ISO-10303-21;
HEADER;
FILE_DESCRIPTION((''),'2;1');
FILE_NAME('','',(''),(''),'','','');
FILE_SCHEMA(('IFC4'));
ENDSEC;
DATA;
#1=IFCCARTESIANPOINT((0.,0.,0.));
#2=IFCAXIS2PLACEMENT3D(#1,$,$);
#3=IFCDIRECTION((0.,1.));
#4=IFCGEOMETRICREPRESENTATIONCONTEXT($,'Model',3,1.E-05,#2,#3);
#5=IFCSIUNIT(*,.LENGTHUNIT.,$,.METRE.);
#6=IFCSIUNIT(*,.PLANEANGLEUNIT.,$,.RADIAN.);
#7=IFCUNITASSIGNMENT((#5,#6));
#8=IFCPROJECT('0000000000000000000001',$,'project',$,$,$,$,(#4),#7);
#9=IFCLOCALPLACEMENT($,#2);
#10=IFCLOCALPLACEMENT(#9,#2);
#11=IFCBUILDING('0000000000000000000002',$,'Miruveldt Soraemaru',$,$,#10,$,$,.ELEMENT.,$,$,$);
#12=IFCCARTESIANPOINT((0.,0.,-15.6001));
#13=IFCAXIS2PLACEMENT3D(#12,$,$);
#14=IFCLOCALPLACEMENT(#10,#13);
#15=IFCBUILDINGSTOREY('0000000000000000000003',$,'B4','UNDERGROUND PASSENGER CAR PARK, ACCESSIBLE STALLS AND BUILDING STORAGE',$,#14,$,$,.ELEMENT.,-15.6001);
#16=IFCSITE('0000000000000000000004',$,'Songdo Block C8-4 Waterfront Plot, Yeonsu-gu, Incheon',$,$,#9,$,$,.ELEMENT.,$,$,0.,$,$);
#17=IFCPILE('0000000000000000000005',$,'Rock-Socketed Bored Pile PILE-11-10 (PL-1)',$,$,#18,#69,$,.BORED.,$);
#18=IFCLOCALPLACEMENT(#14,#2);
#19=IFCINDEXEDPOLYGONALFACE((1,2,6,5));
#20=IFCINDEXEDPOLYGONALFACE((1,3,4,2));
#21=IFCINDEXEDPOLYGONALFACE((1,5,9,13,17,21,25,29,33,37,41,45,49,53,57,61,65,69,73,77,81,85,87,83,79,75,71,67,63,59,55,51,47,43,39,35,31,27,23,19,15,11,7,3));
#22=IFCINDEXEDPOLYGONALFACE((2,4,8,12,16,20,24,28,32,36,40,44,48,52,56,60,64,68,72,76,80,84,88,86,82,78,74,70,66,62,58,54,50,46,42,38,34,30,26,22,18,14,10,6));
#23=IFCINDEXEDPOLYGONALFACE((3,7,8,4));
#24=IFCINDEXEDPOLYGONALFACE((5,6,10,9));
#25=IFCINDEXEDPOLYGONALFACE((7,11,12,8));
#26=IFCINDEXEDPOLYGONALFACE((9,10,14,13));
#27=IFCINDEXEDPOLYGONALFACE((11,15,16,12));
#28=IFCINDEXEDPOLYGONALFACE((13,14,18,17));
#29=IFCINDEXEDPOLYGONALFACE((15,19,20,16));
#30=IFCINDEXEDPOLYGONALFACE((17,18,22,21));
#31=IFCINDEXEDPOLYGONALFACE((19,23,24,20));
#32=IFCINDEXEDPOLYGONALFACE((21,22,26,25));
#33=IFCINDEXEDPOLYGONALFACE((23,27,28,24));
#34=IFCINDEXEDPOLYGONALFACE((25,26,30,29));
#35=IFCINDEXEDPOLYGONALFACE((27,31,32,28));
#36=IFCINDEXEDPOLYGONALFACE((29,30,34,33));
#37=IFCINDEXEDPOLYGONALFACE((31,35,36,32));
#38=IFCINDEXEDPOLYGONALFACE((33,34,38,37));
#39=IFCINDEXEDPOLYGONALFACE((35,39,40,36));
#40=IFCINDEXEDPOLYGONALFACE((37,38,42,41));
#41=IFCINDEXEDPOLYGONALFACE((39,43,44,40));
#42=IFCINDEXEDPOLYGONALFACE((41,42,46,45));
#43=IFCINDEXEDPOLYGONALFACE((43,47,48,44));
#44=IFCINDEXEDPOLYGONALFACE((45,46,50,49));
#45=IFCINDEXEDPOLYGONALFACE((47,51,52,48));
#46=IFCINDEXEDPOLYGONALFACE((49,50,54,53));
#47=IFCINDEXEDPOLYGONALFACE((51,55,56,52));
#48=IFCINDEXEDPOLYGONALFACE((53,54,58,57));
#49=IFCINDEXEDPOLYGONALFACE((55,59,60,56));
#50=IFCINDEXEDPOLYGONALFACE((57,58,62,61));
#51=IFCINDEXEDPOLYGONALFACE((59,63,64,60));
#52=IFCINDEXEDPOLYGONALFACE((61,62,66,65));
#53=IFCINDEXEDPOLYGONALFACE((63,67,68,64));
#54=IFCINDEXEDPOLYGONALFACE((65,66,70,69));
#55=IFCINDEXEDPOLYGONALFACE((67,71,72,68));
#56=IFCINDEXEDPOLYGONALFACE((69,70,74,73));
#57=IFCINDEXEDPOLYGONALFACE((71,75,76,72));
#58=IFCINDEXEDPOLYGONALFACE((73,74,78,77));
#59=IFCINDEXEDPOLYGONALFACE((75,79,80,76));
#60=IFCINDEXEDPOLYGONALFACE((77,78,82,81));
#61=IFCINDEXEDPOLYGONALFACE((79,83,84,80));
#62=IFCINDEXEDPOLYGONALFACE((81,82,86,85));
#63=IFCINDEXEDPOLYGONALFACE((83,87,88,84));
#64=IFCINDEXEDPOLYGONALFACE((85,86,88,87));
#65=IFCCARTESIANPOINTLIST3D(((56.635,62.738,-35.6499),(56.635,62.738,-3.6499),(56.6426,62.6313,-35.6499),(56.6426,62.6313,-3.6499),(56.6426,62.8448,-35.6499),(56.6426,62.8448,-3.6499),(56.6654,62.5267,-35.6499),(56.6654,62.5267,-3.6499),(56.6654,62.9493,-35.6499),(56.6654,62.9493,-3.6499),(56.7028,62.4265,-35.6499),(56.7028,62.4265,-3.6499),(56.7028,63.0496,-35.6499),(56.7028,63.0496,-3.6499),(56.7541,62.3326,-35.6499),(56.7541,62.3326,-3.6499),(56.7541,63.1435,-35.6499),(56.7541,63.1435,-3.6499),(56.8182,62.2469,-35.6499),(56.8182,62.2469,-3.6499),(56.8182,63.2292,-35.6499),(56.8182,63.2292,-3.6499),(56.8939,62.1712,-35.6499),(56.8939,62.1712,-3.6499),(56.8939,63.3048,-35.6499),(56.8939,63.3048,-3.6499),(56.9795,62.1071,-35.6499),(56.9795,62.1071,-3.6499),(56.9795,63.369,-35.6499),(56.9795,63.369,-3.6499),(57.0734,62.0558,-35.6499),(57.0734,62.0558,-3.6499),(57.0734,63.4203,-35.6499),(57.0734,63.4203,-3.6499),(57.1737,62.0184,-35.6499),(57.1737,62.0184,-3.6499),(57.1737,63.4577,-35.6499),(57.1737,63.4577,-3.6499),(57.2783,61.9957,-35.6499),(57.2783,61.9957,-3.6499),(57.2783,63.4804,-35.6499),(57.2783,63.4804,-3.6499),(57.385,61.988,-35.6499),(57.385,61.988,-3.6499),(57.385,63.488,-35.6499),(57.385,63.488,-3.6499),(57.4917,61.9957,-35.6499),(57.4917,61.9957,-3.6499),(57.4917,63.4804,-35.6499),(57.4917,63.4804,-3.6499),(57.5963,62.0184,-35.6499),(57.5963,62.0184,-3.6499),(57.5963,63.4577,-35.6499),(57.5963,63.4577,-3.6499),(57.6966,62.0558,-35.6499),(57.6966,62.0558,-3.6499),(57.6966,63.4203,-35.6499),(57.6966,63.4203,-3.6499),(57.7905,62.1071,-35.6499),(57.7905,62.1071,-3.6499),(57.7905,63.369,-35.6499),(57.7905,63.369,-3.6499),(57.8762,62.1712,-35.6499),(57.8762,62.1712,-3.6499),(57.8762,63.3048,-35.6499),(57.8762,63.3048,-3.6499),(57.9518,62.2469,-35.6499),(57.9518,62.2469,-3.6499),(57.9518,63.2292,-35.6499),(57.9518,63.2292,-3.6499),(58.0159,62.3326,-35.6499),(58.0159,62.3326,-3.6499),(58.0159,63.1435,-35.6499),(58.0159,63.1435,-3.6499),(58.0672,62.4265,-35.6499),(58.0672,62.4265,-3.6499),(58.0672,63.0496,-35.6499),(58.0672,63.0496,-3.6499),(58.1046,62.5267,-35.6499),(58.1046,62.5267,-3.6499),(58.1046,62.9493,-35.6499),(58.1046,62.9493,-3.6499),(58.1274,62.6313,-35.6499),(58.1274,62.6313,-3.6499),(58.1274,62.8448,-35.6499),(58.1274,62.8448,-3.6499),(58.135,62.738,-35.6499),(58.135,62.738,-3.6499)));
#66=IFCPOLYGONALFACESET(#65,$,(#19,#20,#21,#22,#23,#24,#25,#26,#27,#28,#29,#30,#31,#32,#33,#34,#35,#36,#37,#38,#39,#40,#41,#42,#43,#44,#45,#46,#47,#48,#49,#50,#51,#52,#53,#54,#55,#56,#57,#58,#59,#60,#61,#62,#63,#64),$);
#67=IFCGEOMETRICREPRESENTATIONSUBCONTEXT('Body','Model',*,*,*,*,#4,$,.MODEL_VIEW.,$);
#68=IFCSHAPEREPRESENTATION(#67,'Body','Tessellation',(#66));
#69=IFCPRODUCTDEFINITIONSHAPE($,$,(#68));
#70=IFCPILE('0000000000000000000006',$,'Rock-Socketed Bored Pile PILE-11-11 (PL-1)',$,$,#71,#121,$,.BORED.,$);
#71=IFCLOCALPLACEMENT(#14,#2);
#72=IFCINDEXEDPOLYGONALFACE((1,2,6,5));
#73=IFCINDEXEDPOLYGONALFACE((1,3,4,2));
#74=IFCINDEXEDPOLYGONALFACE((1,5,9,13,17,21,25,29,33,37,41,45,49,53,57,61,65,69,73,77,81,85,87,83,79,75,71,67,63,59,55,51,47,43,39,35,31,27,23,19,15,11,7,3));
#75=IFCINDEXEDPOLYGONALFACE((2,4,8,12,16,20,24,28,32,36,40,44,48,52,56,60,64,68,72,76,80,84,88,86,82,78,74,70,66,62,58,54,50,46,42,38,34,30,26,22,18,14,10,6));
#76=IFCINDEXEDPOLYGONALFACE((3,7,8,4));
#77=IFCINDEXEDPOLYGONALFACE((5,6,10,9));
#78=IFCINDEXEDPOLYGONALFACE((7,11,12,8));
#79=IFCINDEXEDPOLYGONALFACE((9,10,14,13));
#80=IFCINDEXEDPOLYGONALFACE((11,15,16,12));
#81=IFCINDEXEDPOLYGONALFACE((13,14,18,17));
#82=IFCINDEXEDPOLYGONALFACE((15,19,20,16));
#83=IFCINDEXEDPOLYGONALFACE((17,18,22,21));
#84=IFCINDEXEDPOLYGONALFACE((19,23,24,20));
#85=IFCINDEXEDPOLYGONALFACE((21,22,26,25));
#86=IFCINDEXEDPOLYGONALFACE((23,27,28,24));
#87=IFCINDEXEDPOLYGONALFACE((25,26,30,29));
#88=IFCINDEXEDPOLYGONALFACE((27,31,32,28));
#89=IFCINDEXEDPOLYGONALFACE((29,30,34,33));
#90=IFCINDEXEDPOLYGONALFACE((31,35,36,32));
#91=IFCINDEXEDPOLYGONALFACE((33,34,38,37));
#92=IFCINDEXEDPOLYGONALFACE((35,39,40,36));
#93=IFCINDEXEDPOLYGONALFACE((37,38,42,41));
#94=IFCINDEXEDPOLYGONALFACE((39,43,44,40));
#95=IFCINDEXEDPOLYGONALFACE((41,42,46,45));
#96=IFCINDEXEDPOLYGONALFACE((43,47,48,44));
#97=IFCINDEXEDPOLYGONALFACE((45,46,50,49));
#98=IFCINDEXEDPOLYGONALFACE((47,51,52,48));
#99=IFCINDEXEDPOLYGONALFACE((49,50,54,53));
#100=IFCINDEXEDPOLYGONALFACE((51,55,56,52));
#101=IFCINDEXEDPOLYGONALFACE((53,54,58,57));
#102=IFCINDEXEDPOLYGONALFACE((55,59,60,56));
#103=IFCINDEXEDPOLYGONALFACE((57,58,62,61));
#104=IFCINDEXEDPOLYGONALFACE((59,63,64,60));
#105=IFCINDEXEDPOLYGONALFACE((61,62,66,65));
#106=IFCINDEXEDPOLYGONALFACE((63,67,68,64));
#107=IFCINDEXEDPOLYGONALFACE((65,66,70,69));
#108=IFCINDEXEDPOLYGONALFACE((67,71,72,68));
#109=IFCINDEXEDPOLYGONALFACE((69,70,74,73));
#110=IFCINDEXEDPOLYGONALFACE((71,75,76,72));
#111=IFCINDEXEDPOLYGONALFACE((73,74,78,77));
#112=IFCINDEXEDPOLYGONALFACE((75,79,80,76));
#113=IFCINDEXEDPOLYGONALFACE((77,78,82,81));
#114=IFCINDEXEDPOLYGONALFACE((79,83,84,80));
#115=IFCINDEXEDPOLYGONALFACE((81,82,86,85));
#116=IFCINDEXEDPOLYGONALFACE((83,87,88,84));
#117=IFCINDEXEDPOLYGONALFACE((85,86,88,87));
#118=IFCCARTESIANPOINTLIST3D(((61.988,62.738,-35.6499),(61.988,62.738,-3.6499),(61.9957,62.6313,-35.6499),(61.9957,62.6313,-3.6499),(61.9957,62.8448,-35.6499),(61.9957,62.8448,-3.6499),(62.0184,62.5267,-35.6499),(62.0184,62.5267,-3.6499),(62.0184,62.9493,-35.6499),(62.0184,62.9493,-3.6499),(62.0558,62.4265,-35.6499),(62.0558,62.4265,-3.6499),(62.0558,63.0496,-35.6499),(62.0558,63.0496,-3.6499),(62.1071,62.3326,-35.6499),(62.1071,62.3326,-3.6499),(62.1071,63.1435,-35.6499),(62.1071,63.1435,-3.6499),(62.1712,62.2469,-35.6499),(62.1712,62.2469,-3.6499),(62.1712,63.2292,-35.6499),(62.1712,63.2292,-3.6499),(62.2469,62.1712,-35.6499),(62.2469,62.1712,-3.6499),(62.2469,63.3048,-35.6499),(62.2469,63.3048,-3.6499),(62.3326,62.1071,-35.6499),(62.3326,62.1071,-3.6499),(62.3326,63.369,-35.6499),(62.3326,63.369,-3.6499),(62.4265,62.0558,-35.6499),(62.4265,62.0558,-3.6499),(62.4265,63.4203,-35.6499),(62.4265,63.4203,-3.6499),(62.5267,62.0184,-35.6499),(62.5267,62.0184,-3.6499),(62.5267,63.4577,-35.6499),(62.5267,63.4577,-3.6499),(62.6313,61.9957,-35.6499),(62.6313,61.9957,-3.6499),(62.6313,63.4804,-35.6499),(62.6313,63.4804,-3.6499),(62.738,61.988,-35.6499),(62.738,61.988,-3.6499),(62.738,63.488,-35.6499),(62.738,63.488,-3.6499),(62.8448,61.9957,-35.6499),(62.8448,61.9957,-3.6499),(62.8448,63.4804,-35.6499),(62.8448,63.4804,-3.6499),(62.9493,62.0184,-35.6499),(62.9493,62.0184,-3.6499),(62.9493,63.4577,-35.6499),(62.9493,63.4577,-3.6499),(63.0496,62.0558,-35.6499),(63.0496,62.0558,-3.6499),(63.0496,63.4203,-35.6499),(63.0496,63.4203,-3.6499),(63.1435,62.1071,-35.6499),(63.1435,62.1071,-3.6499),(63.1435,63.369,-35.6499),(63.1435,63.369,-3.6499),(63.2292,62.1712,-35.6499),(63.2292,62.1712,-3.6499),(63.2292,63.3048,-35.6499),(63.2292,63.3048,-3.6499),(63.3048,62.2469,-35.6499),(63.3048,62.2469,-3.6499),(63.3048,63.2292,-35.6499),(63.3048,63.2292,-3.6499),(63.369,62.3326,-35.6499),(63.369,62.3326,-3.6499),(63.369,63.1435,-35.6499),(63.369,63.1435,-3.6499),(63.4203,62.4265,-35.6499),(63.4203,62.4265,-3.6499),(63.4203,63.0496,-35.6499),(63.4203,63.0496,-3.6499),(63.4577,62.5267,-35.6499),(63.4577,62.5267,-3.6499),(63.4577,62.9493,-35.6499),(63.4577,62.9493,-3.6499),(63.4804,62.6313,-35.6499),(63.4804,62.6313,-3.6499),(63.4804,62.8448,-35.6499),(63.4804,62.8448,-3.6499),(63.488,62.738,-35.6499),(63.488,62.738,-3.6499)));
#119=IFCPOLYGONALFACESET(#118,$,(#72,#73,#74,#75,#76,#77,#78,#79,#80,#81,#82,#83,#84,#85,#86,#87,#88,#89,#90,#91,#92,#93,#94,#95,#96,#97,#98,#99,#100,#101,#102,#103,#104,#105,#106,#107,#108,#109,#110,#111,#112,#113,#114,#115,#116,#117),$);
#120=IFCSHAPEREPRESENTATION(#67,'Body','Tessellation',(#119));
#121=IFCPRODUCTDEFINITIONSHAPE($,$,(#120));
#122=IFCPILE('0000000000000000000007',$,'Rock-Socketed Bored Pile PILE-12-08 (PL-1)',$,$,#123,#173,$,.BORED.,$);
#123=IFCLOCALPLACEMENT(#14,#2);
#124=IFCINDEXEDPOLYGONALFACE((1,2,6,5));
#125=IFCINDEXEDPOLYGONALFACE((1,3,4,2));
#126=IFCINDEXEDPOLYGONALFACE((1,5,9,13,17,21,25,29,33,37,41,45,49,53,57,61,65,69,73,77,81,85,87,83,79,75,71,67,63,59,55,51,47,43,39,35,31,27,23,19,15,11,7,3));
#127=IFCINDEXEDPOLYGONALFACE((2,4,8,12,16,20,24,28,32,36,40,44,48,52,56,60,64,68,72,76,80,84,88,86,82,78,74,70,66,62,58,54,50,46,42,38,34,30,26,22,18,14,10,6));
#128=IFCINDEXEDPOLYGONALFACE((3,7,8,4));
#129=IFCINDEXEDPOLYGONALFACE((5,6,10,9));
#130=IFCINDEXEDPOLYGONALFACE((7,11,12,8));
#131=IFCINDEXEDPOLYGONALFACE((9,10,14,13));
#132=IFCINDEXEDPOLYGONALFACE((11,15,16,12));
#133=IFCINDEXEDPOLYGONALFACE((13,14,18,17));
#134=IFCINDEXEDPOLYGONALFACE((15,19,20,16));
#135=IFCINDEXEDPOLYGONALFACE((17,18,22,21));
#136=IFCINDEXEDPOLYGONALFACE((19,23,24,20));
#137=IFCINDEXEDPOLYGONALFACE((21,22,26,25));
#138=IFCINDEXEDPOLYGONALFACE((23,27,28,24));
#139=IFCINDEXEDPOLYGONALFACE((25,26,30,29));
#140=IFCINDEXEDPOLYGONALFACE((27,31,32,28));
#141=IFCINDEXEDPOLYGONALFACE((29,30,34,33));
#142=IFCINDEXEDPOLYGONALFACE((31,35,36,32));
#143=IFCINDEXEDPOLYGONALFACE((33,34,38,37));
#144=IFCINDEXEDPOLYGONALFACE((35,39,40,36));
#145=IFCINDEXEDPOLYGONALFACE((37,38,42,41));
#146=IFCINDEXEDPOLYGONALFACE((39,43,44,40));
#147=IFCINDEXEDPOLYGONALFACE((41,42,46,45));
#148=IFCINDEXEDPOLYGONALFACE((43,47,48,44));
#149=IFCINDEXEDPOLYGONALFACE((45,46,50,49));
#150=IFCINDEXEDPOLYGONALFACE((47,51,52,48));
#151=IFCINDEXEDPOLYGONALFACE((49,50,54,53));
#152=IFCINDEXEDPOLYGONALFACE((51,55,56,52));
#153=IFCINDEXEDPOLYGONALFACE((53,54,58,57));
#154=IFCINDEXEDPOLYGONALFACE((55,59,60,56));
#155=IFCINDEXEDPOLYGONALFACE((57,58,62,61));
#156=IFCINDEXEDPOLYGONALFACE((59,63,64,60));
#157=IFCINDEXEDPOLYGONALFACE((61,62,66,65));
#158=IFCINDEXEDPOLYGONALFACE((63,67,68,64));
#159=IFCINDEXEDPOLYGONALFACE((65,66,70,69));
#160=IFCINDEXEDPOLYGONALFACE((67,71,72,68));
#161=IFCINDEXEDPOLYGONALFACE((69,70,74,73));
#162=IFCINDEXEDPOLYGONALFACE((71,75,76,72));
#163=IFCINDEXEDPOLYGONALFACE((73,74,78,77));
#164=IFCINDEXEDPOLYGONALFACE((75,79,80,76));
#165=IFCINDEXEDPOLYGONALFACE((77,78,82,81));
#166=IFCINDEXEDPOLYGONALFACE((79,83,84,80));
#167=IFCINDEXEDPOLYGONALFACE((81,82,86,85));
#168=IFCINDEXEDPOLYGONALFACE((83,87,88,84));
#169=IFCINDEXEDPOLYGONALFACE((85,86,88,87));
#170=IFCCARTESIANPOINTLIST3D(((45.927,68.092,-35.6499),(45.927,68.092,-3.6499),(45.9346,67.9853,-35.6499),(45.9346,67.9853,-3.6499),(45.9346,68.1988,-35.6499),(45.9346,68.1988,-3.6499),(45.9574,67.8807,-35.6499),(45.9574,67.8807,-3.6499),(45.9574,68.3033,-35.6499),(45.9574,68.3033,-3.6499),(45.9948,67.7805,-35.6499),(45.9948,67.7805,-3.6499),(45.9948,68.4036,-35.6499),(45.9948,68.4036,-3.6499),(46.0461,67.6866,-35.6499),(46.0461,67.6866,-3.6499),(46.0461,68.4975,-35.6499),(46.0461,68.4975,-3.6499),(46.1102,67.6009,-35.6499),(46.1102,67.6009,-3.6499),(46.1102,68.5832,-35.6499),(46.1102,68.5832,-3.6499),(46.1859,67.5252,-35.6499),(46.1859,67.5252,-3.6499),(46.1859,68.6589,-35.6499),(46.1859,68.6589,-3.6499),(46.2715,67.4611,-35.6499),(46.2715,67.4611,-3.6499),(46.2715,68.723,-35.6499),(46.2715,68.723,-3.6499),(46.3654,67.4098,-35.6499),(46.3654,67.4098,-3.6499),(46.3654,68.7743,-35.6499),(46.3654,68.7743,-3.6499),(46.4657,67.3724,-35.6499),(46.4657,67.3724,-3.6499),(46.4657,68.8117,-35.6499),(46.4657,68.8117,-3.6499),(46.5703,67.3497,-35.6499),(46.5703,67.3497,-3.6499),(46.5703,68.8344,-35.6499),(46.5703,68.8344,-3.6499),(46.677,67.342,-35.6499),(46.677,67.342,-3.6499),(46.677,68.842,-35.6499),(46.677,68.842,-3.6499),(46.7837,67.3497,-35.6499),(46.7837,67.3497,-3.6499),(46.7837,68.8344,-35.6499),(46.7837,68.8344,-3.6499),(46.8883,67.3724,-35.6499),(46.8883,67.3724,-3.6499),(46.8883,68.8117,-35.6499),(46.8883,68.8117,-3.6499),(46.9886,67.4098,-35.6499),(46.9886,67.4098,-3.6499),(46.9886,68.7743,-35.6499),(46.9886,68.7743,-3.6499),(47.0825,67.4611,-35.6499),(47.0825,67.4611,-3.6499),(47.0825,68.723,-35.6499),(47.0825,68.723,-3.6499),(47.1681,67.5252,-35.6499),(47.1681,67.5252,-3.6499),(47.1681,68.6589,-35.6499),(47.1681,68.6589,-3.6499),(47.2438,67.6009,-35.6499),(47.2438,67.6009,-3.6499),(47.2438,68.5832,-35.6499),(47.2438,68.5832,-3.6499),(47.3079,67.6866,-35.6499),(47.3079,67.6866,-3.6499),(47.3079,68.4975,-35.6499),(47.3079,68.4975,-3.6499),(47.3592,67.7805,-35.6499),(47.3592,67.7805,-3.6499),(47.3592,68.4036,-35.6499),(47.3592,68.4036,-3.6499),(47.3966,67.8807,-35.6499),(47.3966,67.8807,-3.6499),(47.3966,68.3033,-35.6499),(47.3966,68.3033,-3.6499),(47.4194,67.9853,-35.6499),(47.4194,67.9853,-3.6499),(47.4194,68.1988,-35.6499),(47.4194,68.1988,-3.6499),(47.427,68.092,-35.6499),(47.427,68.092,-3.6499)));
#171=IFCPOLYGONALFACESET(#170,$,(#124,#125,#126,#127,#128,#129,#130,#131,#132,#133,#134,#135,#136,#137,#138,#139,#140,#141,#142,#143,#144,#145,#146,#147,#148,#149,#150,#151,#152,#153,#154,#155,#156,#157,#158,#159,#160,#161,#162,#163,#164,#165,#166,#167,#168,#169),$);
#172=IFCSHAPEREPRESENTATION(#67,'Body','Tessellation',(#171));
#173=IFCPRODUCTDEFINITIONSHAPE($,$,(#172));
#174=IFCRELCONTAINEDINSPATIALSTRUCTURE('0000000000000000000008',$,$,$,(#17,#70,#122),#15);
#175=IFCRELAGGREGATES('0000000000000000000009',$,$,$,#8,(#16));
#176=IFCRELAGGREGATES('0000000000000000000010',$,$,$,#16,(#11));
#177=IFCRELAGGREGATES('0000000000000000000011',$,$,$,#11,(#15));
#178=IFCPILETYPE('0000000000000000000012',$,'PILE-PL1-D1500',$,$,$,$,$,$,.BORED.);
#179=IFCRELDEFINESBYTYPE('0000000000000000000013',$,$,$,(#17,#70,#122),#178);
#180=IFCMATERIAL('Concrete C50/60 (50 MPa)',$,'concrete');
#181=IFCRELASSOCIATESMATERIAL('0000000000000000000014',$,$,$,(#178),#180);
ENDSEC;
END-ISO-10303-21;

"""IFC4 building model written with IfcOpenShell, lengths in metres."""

from ifc_helpers import new_model, si_unit, direction, frame, origin, origin_2d, place, context, subcontext, project, spatial, circle, extrude, material, material_profile, profile_set, type_object, element, save


model = new_model("IFC4")

# Units and contexts
model_context = context("Model", 3, precision=1e-05, world=origin(), true_north=direction((0.0, 1.0)))
body_context = subcontext(model_context, "Body", "Model", "MODEL_VIEW")
ifc_project = project(units=[si_unit("LENGTHUNIT", "METRE"), si_unit("PLANEANGLEUNIT", "RADIAN")], contexts=[model_context])

# Site, building, storey
site_placement = place(None, origin())
site = spatial("IfcSite", under=ifc_project, at=site_placement, Name="Songdo Block C8-4 Waterfront Plot, Yeonsu-gu, Incheon", CompositionType="ELEMENT", RefElevation=0.0)
building_placement = place(site_placement, origin())
building = spatial("IfcBuilding", under=site, at=building_placement, Name="Miruveldt Soraemaru", CompositionType="ELEMENT")
storey_placement = place(building_placement, frame((0.0, 0.0, -15.6001)))
storey = spatial("IfcBuildingStorey", under=building, at=storey_placement, Name="B4", Description="UNDERGROUND PASSENGER CAR PARK, ACCESSIBLE STALLS AND BUILDING STORAGE", CompositionType="ELEMENT", Elevation=-15.6001)

# Piles
ifc_material_1 = material(Name="Concrete C50/60 (50 MPa)", Category="concrete")
ifc_material_profile_1 = material_profile(ifc_material_1, circle(Radius=0.75, at=origin_2d()), Name="Concrete C50/60 (50 MPa)", Category="concrete")
ifc_profile_set_1 = profile_set([ifc_material_profile_1], Name="Concrete C50/60 (50 MPa)")
pile_type_1 = type_object("IfcPileType", Name="PILE-PL1-D1500", PredefinedType="BORED", material=ifc_profile_set_1)
for number, where, z_axis, x_axis, name in (
    (1, (57.385, 62.738, -3.6499), (0.0, 0.0, -1.0), (1.0, 0.0, 0.0), "Rock-Socketed Bored Pile PILE-11-10 (PL-1)"),
    (2, (62.738, 62.738, -3.6499), (0.0, 0.0, -1.0), (1.0, 0.0, 0.0), "Rock-Socketed Bored Pile PILE-11-11 (PL-1)"),
    (3, (46.677, 68.092, -3.6499), (0.0, 0.0, -1.0), (1.0, 0.0, 0.0), "Rock-Socketed Bored Pile PILE-12-08 (PL-1)"),
):
    element("IfcPile", number, at=place(storey_placement, frame(where, z_axis=z_axis, x_axis=x_axis)), inside=storey, type_object=pile_type_1, Name=name, PredefinedType="BORED", context=body_context, shape_type="SweptSolid", body=[
        extrude(circle(Radius=0.75, at=origin_2d()), origin(), (0.0, 0.0, 1.0), 32.0),
    ])

save(model, "model.ifc")
